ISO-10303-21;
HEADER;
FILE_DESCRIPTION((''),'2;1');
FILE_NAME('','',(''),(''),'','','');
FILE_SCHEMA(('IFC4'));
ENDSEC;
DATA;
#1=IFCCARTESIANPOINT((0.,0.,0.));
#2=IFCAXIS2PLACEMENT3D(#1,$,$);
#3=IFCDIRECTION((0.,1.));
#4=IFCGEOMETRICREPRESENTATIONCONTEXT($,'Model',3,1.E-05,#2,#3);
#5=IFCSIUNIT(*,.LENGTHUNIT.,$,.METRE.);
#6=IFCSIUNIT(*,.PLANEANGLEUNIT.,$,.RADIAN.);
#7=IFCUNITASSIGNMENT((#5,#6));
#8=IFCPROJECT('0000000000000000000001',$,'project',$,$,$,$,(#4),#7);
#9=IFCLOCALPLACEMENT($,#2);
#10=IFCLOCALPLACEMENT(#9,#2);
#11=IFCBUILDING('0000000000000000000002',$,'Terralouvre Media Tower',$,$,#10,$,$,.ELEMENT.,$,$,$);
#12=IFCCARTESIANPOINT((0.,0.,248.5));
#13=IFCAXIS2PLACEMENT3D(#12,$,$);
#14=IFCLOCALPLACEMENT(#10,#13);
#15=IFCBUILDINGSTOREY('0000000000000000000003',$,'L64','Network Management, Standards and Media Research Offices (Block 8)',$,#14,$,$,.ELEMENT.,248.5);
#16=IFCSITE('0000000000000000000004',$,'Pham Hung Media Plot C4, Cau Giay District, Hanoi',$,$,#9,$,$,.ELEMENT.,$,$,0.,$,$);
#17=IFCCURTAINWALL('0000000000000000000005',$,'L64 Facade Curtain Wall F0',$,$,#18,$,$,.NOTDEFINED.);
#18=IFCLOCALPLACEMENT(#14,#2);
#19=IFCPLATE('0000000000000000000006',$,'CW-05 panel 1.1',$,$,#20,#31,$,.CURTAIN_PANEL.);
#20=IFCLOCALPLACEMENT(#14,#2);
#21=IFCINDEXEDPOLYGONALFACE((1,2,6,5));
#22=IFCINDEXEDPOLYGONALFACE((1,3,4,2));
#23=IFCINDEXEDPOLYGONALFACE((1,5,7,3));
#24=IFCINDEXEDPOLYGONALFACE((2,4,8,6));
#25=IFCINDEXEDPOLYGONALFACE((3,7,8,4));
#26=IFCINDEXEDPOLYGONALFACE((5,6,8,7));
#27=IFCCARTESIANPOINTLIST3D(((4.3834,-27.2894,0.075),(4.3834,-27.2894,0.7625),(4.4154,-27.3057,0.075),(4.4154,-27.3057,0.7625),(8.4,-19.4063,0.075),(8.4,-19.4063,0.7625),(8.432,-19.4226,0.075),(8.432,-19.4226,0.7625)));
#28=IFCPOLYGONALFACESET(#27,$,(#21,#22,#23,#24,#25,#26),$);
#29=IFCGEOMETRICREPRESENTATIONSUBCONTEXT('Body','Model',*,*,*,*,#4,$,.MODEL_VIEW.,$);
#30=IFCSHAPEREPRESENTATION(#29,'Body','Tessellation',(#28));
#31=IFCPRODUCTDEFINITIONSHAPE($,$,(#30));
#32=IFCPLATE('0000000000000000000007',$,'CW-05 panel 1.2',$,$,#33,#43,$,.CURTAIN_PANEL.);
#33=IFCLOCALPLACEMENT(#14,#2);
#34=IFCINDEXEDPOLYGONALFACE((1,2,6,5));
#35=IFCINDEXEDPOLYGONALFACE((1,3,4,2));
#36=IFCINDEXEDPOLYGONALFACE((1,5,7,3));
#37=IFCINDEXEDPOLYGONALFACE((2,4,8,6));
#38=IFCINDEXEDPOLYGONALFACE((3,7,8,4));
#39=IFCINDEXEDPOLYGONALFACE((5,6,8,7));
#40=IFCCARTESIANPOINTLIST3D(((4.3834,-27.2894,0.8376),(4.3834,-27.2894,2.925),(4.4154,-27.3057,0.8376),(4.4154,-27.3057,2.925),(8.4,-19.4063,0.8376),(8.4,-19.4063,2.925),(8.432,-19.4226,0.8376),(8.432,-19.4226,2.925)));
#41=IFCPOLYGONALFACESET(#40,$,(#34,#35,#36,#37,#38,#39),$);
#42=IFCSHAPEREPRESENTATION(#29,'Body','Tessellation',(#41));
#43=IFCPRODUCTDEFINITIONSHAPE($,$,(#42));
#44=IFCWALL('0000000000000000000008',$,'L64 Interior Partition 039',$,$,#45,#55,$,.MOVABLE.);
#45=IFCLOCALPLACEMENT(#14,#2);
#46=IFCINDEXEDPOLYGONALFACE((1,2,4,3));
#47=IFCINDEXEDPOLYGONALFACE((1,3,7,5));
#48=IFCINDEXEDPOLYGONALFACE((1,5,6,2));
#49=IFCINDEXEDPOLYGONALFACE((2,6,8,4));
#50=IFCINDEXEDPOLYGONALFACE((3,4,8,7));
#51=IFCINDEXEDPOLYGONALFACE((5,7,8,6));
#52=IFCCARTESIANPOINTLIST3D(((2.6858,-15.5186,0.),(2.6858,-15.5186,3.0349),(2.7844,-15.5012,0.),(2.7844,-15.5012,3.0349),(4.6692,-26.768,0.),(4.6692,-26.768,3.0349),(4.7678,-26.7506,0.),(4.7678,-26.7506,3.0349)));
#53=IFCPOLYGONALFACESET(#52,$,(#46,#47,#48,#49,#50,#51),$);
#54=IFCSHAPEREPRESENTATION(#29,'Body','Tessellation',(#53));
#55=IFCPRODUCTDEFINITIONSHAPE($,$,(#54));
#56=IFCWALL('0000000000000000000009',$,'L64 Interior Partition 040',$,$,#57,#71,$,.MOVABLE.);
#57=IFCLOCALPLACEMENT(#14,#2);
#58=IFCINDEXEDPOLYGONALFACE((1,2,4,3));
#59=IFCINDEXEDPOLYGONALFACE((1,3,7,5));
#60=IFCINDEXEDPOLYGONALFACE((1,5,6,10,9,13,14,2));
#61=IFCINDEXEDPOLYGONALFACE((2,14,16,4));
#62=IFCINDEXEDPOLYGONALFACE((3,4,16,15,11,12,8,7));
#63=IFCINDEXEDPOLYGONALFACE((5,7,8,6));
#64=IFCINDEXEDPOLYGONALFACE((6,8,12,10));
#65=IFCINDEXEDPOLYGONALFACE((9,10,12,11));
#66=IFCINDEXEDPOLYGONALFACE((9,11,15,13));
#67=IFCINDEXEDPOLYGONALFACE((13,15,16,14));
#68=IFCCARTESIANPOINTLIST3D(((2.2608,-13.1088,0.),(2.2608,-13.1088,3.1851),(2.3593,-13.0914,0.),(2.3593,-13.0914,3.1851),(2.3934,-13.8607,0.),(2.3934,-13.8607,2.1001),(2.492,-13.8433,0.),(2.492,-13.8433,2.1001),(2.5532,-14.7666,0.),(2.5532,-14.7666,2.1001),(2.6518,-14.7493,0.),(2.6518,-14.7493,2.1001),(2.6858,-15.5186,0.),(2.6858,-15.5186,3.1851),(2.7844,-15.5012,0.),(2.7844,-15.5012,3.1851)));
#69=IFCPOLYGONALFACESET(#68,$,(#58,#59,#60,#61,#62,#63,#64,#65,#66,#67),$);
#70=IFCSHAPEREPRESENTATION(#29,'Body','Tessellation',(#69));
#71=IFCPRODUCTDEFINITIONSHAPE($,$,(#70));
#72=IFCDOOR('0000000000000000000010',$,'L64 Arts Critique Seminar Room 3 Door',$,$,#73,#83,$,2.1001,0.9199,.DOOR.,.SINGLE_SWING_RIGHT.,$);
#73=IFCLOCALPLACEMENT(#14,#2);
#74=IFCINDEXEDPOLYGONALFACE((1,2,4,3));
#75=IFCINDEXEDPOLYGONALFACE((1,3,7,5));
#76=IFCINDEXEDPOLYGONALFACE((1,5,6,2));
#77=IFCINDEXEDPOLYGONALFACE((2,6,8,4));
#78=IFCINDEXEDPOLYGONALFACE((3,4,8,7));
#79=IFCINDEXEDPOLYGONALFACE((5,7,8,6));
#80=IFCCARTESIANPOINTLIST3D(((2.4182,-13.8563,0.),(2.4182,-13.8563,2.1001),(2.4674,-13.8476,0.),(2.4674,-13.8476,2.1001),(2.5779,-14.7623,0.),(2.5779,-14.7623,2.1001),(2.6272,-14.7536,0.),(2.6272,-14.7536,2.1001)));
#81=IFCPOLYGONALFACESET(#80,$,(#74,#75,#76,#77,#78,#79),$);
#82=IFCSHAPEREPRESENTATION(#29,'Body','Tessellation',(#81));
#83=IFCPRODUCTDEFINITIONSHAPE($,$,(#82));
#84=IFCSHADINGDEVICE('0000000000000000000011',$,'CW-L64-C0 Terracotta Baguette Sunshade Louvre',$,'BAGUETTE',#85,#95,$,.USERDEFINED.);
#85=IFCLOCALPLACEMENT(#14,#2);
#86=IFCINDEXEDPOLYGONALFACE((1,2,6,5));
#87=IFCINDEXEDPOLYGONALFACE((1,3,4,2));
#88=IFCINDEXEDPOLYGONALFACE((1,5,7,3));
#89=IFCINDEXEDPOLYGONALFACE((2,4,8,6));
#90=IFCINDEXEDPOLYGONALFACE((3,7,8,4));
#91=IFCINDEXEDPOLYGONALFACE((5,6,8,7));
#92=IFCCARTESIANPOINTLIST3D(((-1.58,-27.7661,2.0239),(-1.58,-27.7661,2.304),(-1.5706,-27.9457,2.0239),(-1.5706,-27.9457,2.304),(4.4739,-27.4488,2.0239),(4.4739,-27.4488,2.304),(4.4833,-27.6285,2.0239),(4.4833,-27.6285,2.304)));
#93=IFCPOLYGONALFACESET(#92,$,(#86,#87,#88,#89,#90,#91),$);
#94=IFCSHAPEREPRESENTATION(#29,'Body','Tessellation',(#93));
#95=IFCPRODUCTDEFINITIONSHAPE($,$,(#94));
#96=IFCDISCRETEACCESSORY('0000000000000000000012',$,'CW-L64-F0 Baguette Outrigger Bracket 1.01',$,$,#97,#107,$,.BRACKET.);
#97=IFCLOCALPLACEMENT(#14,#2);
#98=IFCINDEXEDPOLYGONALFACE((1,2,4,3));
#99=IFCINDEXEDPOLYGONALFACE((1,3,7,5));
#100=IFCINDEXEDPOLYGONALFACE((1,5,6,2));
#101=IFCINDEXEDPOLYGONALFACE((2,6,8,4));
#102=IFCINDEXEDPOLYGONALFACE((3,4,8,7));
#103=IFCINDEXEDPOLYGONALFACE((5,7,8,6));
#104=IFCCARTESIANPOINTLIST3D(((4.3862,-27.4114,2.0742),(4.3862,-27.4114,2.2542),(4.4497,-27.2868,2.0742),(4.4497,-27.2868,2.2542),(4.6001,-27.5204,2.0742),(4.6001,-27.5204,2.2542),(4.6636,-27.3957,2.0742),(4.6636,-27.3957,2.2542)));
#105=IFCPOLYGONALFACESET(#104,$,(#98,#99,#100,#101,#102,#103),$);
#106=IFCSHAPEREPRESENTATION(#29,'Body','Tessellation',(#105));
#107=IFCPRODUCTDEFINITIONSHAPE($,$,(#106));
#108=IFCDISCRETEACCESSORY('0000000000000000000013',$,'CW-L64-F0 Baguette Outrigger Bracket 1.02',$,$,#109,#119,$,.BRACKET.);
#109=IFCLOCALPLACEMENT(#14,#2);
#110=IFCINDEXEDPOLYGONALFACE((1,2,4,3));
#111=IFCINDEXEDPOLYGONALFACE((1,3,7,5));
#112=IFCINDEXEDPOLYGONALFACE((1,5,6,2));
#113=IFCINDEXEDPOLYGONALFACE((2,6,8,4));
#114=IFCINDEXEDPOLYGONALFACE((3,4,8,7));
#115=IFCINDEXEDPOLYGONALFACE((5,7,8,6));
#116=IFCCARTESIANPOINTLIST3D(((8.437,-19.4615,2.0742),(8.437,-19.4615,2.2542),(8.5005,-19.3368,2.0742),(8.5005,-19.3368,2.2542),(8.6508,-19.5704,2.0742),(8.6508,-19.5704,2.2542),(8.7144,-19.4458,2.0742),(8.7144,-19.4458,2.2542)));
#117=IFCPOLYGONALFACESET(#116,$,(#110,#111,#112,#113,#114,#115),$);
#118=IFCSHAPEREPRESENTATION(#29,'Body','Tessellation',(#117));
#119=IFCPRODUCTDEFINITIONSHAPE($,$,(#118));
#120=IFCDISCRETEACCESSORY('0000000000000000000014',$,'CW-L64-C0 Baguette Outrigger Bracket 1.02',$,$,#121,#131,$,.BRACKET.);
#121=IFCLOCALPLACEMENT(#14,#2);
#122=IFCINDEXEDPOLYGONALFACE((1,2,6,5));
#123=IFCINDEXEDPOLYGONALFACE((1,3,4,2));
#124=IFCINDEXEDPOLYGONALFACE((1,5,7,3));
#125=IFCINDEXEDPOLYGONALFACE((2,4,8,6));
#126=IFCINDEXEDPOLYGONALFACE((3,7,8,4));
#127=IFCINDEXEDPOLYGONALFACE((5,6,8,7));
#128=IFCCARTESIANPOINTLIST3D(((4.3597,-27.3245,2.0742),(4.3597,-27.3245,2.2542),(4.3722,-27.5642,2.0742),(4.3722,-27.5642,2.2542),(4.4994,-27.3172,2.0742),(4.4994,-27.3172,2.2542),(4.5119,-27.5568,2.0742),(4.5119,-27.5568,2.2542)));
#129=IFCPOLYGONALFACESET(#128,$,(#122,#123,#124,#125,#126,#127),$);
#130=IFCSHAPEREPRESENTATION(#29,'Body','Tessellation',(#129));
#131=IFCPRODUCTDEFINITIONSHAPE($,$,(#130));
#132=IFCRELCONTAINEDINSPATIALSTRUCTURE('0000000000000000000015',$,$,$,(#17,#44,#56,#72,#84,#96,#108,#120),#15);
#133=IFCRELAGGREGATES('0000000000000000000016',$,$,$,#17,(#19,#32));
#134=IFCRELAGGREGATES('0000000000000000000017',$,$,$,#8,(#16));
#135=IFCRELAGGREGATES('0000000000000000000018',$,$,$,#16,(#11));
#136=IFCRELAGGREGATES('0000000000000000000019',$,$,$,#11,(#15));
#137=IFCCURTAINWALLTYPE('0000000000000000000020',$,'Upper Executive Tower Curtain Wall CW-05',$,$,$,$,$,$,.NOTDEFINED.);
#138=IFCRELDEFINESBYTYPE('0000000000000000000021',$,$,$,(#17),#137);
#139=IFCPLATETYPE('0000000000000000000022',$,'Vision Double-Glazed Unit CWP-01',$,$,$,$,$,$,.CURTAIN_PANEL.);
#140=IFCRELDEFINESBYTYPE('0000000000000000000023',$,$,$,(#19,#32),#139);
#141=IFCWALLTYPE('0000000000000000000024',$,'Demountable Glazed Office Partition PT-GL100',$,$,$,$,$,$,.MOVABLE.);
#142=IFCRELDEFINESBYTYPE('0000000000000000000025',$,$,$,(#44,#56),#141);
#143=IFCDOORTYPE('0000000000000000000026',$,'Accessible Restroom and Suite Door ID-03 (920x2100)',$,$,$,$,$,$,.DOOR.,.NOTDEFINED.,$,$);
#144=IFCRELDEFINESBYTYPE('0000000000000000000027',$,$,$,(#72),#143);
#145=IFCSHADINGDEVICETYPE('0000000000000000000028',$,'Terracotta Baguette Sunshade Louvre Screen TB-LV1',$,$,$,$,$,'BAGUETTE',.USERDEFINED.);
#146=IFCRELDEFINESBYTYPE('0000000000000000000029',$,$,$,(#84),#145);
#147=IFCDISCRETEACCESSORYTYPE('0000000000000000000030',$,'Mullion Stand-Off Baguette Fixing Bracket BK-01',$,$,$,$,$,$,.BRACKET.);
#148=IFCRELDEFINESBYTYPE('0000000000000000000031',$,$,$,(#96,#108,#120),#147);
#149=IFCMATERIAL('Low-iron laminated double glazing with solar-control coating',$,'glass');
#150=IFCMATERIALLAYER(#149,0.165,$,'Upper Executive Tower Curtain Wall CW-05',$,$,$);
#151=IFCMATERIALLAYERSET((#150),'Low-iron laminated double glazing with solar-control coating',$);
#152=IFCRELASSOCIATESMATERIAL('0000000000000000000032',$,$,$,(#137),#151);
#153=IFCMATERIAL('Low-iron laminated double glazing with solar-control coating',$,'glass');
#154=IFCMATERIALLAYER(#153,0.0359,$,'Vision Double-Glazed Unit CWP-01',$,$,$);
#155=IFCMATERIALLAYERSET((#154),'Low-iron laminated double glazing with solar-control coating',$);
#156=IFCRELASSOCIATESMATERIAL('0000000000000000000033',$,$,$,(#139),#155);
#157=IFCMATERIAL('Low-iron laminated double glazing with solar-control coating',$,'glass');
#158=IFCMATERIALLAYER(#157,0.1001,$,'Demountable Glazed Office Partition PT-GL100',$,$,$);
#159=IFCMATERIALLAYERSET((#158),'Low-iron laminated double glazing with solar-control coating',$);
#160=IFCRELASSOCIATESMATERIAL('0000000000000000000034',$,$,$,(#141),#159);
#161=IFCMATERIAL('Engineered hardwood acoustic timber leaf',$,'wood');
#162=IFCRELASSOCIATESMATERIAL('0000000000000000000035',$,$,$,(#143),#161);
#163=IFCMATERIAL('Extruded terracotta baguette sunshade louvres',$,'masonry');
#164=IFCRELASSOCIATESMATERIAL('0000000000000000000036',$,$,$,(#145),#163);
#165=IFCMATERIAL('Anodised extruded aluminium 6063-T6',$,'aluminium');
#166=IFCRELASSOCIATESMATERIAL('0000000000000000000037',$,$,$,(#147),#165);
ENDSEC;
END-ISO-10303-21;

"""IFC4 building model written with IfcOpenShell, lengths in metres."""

from ifc_helpers import new_model, si_unit, direction, frame, frame_2d, origin, origin_2d, place, context, subcontext, project, spatial, rectangle, extrude, material, layer, layer_set, type_object, element, fill, aggregate, save


model = new_model("IFC4")

# Units and contexts
model_context = context("Model", 3, precision=1e-05, world=origin(), true_north=direction((0.0, 1.0)))
body_context = subcontext(model_context, "Body", "Model", "MODEL_VIEW")
ifc_project = project(units=[si_unit("LENGTHUNIT", "METRE"), si_unit("PLANEANGLEUNIT", "RADIAN")], contexts=[model_context])

# Site, building, storey
site_placement = place(None, origin())
site = spatial("IfcSite", under=ifc_project, at=site_placement, Name="Pham Hung Media Plot C4, Cau Giay District, Hanoi", CompositionType="ELEMENT", RefElevation=0.0)
building_placement = place(site_placement, origin())
building = spatial("IfcBuilding", under=site, at=building_placement, Name="Terralouvre Media Tower", CompositionType="ELEMENT")
storey_placement = place(building_placement, frame((0.0, 0.0, 248.5)))
storey = spatial("IfcBuildingStorey", under=building, at=storey_placement, Name="L64", Description="Network Management, Standards and Media Research Offices (Block 8)", CompositionType="ELEMENT", Elevation=248.5)

# Curtain wall
ifc_material_1 = material(Name="Low-iron laminated double glazing with solar-control coating", Category="glass")
ifc_layer_1 = layer(ifc_material_1, 0.165, Name="Upper Executive Tower Curtain Wall CW-05")
ifc_layer_set_1 = layer_set([ifc_layer_1], Name="Low-iron laminated double glazing with solar-control coating")
curtain_wall_type_1 = type_object("IfcCurtainWallType", Name="Upper Executive Tower Curtain Wall CW-05", PredefinedType="NOTDEFINED", material=ifc_layer_set_1)
curtain_wall_1_placement = place(storey_placement, origin())
curtain_wall_1 = element("IfcCurtainWall", 1, at=curtain_wall_1_placement, inside=storey, type_object=curtain_wall_type_1, Name="L64 Facade Curtain Wall F0", PredefinedType="NOTDEFINED")

# Plates
ifc_material_2 = material(Name="Low-iron laminated double glazing with solar-control coating", Category="glass")
ifc_layer_2 = layer(ifc_material_2, 0.0359, Name="Vision Double-Glazed Unit CWP-01")
ifc_layer_set_2 = layer_set([ifc_layer_2], Name="Low-iron laminated double glazing with solar-control coating")
plate_type_1 = type_object("IfcPlateType", Name="Vision Double-Glazed Unit CWP-01", PredefinedType="CURTAIN_PANEL", material=ifc_layer_set_2)
plate_1_placement = place(storey_placement, frame((6.4077, -23.356, 0.075), z_axis=(0.0, 0.0, 1.0), x_axis=(0.45399, 0.891007, 0.0)))
plate_1 = element("IfcPlate", 2, at=plate_1_placement, type_object=plate_type_1, Name="CW-05 panel 1.1", PredefinedType="CURTAIN_PANEL", context=body_context, shape_type="SweptSolid", body=[
    extrude(rectangle(XDim=8.8474, YDim=0.0359, at=origin_2d()), origin(), (0.0, 0.0, 1.0), 0.6875),
])
plate_2_placement = place(storey_placement, frame((6.4077, -23.356, 0.8376), z_axis=(0.0, 0.0, 1.0), x_axis=(0.45399, 0.891007, 0.0)))
plate_2 = element("IfcPlate", 3, at=plate_2_placement, type_object=plate_type_1, Name="CW-05 panel 1.2", PredefinedType="CURTAIN_PANEL", context=body_context, shape_type="SweptSolid", body=[
    extrude(rectangle(XDim=8.8474, YDim=0.0359, at=origin_2d()), origin(), (0.0, 0.0, 1.0), 2.0874),
])
aggregate(curtain_wall_1, [plate_1, plate_2])

# Wall
ifc_material_3 = material(Name="Low-iron laminated double glazing with solar-control coating", Category="glass")
ifc_layer_3 = layer(ifc_material_3, 0.1001, Name="Demountable Glazed Office Partition PT-GL100")
ifc_layer_set_3 = layer_set([ifc_layer_3], Name="Low-iron laminated double glazing with solar-control coating")
wall_type = type_object("IfcWallType", Name="Demountable Glazed Office Partition PT-GL100", PredefinedType="MOVABLE", material=ifc_layer_set_3)
wall_1_placement = place(storey_placement, frame((4.7185, -26.7593, 0.0), z_axis=(0.0, 0.0, 1.0), x_axis=(-0.173635, 0.98481, 0.0)))
element("IfcWall", 4, at=wall_1_placement, inside=storey, type_object=wall_type, Name="L64 Interior Partition 039", PredefinedType="MOVABLE", context=body_context, shape_type="SweptSolid", body=[
    extrude(rectangle(XDim=11.4229, YDim=0.1001, at=frame_2d((5.7114, 0.0))), origin(), (0.0, 0.0, 1.0), 3.0349),
])

# Wall, opening, door
wall_2_placement = place(storey_placement, frame((2.7351, -15.51, 0.0), z_axis=(0.0, 0.0, 1.0), x_axis=(-0.173694, 0.9848, 0.0)))
wall_2 = element("IfcWall", 5, at=wall_2_placement, inside=storey, type_object=wall_type, Name="L64 Interior Partition 040", PredefinedType="MOVABLE", context=body_context, shape_type="SweptSolid", body=[
    extrude(rectangle(XDim=2.447, YDim=0.1001, at=frame_2d((1.2236, 0.0))), origin(), (0.0, 0.0, 1.0), 3.1851),
])
opening_placement = place(wall_2_placement, frame((0.7637, 0.0, 0.0)))
opening = element("IfcOpeningElement", 6, at=opening_placement, cuts=wall_2, PredefinedType="OPENING", context=body_context, shape_type="SweptSolid", body=[
    extrude(rectangle(XDim=0.9199, YDim=2.1001, at=frame_2d((0.46, 1.05))), frame((0.0, 0.0601, 0.0), z_axis=(0.0, -1.0, 0.0), x_axis=(1.0, 0.0, 0.0)), (0.0, 0.0, 1.0), 0.1201),
])
ifc_material_4 = material(Name="Engineered hardwood acoustic timber leaf", Category="wood")
door_type = type_object("IfcDoorType", Name="Accessible Restroom and Suite Door ID-03 (920x2100)", OperationType="NOTDEFINED", PredefinedType="DOOR", material=ifc_material_4)
door_placement = place(opening_placement, origin())
door = element("IfcDoor", 7, at=door_placement, inside=storey, type_object=door_type, Name="L64 Arts Critique Seminar Room 3 Door", OperationType="SINGLE_SWING_RIGHT", OverallHeight=2.1001, OverallWidth=0.9199, PredefinedType="DOOR", context=body_context, shape_type="SweptSolid", body=[
    extrude(rectangle(XDim=0.9199, YDim=2.1001, at=frame_2d((0.46, 1.05))), frame((0.0, 0.0249, 0.0), z_axis=(0.0, -1.0, 0.0), x_axis=(1.0, 0.0, 0.0)), (0.0, 0.0, 1.0), 0.05),
])
fill(opening, door)

# Shading device
ifc_material_5 = material(Name="Extruded terracotta baguette sunshade louvres", Category="masonry")
shading_device_type = type_object("IfcShadingDeviceType", Name="Terracotta Baguette Sunshade Louvre Screen TB-LV1", ElementType="BAGUETTE", PredefinedType="USERDEFINED", material=ifc_material_5)
shading_device_placement = place(storey_placement, frame((1.4517, -27.6973, 2.0239), z_axis=(0.0, 0.0, 1.0), x_axis=(0.99863, 0.052336, 0.0)))
element("IfcShadingDevice", 8, at=shading_device_placement, inside=storey, type_object=shading_device_type, Name="CW-L64-C0 Terracotta Baguette Sunshade Louvre", ObjectType="BAGUETTE", PredefinedType="USERDEFINED", context=body_context, shape_type="SweptSolid", body=[
    extrude(rectangle(XDim=6.0623, YDim=0.1799, at=origin_2d()), origin(), (0.0, 0.0, 1.0), 0.28),
])

# Discrete accessories
ifc_material_6 = material(Name="Anodised extruded aluminium 6063-T6", Category="aluminium")
discrete_accessory_type = type_object("IfcDiscreteAccessoryType", Name="Mullion Stand-Off Baguette Fixing Bracket BK-01", PredefinedType="BRACKET", material=ifc_material_6)
for number, where, z_axis, x_axis, name in (
    (9, (4.5249, -27.4036, 2.0742), (0.0, 0.0, 1.0), (0.45399, 0.891007, 0.0), "CW-L64-F0 Baguette Outrigger Bracket 1.01"),
    (10, (8.5757, -19.4536, 2.0742), (0.0, 0.0, 1.0), (0.45399, 0.891007, 0.0), "CW-L64-F0 Baguette Outrigger Bracket 1.02"),
    (11, (4.4358, -27.4407, 2.0742), (0.0, 0.0, 1.0), (0.99863, 0.052336, 0.0), "CW-L64-C0 Baguette Outrigger Bracket 1.02"),
):
    element("IfcDiscreteAccessory", number, at=place(storey_placement, frame(where, z_axis=z_axis, x_axis=x_axis)), inside=storey, type_object=discrete_accessory_type, Name=name, PredefinedType="BRACKET", context=body_context, shape_type="SweptSolid", body=[
        extrude(rectangle(XDim=0.1399, YDim=0.24, at=origin_2d()), origin(), (0.0, 0.0, 1.0), 0.1799),
    ])

save(model, "model.ifc")
